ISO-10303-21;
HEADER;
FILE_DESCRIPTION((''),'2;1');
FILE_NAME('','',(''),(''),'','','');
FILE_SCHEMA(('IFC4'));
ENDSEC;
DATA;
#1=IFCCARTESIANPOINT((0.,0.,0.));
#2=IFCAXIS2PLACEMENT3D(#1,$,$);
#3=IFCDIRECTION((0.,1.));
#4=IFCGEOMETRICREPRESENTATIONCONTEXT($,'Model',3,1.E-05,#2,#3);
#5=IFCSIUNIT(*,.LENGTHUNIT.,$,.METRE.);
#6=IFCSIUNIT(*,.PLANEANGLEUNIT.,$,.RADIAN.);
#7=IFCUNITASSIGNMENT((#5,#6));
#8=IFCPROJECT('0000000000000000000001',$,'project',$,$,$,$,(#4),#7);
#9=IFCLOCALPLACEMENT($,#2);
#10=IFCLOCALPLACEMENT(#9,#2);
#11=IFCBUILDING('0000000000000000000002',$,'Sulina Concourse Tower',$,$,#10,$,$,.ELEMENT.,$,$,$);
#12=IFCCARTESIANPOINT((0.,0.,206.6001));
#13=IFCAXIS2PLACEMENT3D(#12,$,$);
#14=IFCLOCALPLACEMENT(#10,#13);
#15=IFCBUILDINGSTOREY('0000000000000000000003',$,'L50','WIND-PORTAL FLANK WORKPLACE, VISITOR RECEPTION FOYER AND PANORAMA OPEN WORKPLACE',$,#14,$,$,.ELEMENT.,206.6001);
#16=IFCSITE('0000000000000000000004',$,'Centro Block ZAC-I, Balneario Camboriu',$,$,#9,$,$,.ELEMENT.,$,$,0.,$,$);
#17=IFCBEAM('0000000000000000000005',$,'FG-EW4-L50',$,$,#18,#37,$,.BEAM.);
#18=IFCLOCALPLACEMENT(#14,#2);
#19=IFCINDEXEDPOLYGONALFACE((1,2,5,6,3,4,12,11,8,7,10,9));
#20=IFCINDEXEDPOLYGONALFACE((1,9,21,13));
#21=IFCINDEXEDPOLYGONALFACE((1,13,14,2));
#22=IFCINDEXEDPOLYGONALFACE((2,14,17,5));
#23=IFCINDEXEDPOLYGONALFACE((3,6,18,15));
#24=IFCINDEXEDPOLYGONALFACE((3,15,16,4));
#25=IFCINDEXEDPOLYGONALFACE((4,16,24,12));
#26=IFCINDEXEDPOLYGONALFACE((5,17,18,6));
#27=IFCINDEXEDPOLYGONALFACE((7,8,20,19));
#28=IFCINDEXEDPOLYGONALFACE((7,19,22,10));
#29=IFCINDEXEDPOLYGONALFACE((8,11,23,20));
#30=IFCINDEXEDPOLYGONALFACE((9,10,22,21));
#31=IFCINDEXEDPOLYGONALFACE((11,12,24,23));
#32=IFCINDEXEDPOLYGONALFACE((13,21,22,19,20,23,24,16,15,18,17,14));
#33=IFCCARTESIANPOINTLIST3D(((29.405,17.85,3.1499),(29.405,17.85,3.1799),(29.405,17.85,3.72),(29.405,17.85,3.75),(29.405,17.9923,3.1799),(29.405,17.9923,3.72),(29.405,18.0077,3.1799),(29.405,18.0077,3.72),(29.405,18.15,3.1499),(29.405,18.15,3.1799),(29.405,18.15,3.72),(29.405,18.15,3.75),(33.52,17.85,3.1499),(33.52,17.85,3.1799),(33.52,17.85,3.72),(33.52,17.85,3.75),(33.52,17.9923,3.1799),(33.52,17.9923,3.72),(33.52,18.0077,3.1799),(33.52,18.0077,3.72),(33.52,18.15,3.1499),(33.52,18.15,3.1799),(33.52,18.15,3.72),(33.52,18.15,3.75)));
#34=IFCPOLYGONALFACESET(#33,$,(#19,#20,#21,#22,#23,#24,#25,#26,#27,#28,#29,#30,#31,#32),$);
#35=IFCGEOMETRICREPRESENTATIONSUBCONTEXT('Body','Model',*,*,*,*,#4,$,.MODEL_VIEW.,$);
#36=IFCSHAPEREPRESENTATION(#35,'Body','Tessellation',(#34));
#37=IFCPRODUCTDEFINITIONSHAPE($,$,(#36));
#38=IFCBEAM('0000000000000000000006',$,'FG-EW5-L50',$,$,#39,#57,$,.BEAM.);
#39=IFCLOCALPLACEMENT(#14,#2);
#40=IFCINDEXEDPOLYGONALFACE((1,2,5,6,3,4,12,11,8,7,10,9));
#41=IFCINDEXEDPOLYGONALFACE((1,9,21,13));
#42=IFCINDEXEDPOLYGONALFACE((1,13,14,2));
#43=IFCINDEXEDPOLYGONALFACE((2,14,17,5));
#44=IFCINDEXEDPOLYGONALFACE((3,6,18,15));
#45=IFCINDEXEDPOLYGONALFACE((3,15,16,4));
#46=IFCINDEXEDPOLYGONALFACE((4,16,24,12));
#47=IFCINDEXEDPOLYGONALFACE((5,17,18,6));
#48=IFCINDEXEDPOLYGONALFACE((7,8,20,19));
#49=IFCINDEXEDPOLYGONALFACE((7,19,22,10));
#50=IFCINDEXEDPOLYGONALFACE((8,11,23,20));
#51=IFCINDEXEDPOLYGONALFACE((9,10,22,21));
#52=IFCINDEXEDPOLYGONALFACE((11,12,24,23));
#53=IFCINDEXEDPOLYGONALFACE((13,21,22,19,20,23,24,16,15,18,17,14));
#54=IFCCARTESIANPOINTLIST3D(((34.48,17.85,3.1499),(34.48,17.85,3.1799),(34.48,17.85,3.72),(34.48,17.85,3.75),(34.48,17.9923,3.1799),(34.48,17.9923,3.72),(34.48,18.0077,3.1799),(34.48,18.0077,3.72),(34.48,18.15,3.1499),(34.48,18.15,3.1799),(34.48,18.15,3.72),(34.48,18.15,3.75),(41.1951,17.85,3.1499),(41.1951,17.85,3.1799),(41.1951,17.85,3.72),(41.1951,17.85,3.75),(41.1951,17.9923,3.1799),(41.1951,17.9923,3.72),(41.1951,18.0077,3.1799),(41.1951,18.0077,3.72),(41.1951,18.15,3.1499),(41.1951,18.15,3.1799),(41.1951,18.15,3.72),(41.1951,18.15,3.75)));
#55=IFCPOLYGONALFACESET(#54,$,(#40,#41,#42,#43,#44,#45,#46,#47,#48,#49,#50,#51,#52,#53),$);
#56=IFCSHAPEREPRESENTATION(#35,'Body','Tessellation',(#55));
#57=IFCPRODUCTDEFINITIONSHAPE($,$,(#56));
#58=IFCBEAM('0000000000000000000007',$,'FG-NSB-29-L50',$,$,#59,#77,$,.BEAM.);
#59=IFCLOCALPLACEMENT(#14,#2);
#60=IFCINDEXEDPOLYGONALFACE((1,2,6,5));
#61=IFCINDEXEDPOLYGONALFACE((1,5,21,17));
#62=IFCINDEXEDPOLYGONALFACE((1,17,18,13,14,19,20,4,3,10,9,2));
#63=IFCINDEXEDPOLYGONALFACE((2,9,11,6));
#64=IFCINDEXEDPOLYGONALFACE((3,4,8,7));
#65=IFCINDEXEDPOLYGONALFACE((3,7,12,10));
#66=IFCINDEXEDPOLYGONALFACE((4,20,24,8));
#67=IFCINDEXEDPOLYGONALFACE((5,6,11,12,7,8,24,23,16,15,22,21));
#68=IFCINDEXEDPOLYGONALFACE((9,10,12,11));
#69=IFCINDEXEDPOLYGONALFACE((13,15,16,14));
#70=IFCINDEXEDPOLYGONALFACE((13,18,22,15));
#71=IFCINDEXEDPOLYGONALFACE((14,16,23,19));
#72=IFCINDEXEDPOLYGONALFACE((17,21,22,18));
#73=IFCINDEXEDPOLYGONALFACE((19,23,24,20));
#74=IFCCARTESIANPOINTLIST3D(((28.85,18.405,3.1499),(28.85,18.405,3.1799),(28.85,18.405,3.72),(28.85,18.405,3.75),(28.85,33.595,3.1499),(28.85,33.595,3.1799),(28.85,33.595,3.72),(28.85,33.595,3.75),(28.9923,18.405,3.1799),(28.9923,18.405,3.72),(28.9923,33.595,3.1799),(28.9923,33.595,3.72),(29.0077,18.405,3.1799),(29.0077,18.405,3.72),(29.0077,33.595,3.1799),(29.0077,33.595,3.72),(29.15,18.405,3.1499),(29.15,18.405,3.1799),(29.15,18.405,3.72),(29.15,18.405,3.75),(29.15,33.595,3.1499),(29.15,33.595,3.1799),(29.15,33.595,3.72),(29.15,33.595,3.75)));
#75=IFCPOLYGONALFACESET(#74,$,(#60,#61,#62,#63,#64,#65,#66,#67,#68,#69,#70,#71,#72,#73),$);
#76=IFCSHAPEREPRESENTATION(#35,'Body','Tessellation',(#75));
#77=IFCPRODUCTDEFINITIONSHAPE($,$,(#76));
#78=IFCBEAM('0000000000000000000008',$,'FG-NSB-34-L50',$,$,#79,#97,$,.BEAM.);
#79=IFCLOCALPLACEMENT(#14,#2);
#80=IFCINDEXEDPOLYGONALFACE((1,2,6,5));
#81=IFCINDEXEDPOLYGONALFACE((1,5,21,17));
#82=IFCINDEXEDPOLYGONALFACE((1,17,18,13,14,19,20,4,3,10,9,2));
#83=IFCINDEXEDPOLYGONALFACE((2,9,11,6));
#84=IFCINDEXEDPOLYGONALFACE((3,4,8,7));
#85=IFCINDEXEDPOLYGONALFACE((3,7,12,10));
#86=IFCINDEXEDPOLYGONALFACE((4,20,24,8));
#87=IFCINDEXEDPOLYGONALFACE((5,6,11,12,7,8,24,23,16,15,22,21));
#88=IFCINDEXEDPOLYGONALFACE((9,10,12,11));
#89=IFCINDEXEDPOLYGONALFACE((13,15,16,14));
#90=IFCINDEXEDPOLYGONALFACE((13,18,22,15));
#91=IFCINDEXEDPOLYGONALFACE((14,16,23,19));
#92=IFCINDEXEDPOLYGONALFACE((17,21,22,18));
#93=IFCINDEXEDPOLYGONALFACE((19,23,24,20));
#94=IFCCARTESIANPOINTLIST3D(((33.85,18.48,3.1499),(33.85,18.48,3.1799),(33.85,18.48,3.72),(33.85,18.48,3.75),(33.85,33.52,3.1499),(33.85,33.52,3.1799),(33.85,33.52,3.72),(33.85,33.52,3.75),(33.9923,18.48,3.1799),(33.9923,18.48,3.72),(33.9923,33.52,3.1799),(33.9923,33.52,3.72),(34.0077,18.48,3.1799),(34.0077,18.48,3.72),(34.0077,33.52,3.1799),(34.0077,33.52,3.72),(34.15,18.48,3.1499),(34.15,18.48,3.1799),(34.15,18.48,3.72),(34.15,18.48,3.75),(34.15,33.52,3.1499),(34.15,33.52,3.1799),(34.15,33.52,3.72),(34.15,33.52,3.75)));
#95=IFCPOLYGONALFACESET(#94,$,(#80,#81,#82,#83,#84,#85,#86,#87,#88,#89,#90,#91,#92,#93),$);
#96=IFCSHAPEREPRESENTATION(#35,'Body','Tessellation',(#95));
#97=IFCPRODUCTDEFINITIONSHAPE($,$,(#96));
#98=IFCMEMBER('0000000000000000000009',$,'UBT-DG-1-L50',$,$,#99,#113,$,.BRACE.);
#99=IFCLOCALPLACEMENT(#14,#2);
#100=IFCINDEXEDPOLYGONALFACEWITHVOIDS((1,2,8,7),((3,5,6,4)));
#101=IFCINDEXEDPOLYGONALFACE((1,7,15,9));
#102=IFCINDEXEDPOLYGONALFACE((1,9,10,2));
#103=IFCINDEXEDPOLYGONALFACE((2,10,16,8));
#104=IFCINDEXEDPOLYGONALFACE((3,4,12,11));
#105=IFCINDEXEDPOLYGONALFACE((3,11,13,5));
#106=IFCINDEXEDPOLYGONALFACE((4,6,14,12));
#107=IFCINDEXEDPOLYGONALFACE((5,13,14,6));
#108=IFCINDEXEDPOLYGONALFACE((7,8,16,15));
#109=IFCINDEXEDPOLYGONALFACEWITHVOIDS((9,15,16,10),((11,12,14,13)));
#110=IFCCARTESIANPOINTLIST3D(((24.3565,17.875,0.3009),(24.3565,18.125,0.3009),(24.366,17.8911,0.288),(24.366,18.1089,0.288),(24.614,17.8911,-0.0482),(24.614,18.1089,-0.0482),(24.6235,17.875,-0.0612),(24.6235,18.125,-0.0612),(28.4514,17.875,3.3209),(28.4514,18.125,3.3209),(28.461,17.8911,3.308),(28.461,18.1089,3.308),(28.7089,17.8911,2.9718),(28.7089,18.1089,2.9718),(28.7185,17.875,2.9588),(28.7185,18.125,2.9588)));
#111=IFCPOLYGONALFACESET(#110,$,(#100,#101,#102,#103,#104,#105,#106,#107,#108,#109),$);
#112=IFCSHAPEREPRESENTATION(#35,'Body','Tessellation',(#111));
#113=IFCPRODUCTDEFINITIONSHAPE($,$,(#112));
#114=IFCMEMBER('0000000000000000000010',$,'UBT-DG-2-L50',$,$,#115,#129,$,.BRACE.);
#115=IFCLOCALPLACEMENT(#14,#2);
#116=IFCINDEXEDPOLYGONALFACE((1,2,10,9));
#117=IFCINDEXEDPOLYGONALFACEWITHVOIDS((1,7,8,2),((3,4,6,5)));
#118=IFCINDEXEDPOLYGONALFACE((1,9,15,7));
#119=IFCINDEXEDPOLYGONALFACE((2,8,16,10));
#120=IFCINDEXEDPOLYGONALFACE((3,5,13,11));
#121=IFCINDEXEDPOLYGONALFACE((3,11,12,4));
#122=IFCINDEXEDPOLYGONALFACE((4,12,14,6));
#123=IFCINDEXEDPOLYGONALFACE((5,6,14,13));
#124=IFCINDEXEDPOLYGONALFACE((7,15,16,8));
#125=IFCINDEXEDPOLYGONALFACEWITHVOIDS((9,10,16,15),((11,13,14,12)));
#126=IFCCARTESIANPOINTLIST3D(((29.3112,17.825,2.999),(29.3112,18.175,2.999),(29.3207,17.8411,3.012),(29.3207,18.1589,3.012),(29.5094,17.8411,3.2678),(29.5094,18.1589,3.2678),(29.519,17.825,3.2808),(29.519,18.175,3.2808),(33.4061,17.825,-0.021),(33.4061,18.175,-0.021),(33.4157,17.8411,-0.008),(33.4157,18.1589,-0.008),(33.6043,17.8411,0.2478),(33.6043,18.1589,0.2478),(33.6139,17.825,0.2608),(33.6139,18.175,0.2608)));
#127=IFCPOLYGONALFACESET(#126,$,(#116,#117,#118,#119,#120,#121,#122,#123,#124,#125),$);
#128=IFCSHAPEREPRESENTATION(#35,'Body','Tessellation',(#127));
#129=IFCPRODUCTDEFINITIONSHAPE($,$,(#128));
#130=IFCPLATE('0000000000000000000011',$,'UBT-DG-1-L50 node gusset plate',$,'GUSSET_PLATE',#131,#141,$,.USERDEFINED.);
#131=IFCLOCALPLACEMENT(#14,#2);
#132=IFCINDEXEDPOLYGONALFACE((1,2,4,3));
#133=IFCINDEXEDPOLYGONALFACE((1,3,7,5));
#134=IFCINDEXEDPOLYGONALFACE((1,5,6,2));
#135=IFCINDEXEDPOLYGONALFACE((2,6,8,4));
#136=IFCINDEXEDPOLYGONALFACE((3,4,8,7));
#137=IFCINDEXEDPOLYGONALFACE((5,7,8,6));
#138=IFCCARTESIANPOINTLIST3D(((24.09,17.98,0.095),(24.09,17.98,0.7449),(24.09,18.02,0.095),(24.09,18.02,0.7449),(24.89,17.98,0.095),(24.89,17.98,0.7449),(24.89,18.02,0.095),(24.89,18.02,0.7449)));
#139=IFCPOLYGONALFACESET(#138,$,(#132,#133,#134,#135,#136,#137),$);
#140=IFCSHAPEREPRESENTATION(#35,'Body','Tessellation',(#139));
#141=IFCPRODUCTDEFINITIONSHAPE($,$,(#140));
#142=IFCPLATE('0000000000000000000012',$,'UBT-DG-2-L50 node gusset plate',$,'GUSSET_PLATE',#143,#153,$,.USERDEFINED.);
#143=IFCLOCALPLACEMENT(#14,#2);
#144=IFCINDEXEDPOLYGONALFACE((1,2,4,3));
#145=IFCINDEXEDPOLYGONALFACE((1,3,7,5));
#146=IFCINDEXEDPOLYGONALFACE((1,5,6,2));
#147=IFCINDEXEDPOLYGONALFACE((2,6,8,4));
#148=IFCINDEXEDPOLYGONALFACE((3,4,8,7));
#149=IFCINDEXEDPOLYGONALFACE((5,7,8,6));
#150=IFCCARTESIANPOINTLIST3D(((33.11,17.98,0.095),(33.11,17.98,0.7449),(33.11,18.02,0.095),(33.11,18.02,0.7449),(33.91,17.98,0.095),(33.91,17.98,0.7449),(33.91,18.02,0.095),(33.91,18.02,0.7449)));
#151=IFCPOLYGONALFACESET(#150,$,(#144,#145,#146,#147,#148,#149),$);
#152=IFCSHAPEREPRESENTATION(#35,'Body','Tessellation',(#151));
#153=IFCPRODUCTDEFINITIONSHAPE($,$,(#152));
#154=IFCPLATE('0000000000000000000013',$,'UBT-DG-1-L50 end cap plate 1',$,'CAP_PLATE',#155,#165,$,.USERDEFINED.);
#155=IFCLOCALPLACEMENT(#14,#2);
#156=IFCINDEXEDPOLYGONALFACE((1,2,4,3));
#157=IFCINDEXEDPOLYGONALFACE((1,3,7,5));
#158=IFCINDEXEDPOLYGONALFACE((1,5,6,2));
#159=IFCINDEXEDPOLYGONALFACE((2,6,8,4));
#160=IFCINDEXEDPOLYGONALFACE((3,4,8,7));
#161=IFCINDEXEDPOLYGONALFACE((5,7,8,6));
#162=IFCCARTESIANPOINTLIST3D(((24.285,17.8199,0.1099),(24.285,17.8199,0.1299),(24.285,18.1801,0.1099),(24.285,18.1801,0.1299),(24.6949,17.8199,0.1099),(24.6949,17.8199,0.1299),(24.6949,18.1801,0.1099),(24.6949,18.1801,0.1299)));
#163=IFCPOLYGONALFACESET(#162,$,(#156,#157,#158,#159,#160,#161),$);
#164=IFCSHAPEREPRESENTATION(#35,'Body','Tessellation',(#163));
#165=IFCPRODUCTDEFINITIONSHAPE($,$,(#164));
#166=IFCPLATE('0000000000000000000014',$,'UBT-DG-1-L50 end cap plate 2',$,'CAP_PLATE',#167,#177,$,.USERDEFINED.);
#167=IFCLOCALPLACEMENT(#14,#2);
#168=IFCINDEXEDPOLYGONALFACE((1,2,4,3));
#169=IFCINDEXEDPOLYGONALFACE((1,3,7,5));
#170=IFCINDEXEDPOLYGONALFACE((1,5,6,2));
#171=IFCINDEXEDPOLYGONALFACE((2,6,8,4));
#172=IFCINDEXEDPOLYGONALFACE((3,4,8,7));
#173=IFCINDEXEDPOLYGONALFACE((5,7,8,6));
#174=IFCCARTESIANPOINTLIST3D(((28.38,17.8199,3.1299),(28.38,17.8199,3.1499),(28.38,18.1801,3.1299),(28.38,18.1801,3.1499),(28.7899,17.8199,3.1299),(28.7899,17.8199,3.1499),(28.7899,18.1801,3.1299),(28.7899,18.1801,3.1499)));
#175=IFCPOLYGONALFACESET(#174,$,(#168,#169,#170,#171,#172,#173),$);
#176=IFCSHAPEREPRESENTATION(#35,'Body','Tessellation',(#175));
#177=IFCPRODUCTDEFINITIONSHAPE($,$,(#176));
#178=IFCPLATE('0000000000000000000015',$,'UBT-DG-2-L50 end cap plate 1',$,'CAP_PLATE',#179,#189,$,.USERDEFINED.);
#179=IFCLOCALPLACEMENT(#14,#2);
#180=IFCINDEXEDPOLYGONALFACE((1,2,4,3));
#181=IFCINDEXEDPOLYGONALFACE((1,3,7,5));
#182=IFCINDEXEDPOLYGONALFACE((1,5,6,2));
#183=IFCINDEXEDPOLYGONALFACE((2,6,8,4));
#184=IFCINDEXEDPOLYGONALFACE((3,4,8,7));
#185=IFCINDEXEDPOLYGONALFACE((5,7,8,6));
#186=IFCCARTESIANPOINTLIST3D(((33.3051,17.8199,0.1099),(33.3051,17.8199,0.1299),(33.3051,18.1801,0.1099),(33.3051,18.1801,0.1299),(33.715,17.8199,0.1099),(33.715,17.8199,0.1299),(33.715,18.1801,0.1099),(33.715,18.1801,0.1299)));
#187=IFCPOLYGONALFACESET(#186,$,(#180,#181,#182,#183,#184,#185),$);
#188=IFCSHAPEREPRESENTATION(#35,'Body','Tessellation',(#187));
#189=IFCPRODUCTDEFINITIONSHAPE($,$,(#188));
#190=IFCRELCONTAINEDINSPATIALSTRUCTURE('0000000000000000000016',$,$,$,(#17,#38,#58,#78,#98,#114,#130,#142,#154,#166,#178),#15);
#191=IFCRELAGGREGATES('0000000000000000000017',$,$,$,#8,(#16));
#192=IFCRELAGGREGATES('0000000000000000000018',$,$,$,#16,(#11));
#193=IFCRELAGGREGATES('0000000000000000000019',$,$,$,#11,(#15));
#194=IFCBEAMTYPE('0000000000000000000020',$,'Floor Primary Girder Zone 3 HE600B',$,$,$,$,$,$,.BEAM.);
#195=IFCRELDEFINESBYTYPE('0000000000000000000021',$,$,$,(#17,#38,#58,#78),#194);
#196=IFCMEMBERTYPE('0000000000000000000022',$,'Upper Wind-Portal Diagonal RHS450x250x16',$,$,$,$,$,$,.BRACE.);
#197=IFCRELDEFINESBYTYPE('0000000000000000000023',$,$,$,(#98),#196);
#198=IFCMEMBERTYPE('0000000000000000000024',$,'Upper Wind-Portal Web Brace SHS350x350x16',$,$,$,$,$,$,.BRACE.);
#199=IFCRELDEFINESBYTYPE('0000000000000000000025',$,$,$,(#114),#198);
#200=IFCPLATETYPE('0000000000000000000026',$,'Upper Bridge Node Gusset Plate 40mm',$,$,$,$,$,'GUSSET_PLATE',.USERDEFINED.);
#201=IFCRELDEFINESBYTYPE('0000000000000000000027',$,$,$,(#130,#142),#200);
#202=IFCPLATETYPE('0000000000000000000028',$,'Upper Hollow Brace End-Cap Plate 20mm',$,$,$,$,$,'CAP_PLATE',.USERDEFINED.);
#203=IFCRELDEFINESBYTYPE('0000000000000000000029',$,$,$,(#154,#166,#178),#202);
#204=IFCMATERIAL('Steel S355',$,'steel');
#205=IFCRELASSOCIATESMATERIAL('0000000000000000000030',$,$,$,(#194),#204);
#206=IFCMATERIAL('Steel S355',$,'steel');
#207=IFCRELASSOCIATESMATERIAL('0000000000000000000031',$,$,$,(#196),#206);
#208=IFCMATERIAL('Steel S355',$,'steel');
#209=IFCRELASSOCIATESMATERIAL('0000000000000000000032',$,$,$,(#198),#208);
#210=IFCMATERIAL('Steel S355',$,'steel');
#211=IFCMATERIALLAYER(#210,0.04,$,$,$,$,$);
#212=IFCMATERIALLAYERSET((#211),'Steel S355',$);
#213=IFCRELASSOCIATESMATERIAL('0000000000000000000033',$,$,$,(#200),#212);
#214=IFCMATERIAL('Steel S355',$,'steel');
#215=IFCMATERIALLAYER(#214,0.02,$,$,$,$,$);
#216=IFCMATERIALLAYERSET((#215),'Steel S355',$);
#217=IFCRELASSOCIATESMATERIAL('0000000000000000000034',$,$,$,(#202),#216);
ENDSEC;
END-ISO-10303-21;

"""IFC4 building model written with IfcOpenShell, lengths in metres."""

from ifc_helpers import new_model, si_unit, direction, frame, origin, origin_2d, place, context, subcontext, project, spatial, rectangle, hollow_rectangle, i_section, extrude, material, layer, layer_set, material_profile, profile_set, type_object, element, save


model = new_model("IFC4")

# Units and contexts
model_context = context("Model", 3, precision=1e-05, world=origin(), true_north=direction((0.0, 1.0)))
body_context = subcontext(model_context, "Body", "Model", "MODEL_VIEW")
ifc_project = project(units=[si_unit("LENGTHUNIT", "METRE"), si_unit("PLANEANGLEUNIT", "RADIAN")], contexts=[model_context])

# Site, building, storey
site_placement = place(None, origin())
site = spatial("IfcSite", under=ifc_project, at=site_placement, Name="Centro Block ZAC-I, Balneario Camboriu", CompositionType="ELEMENT", RefElevation=0.0)
building_placement = place(site_placement, origin())
building = spatial("IfcBuilding", under=site, at=building_placement, Name="Sulina Concourse Tower", CompositionType="ELEMENT")
storey_placement = place(building_placement, frame((0.0, 0.0, 206.6001)))
storey = spatial("IfcBuildingStorey", under=building, at=storey_placement, Name="L50", Description="WIND-PORTAL FLANK WORKPLACE, VISITOR RECEPTION FOYER AND PANORAMA OPEN WORKPLACE", CompositionType="ELEMENT", Elevation=206.6001)

# Beams
ifc_material_1 = material(Name="Steel S355", Category="steel")
ifc_material_profile_1 = material_profile(ifc_material_1, i_section(OverallWidth=0.3, OverallDepth=0.6001, WebThickness=0.0154, FlangeThickness=0.03, at=origin_2d()), Name="HE 600 B")
ifc_profile_set_1 = profile_set([ifc_material_profile_1], Name="Steel S355")
beam_type_1 = type_object("IfcBeamType", Name="Floor Primary Girder Zone 3 HE600B", PredefinedType="BEAM", material=ifc_profile_set_1)
beam_1_placement = place(storey_placement, frame((29.405, 18.0, 3.45), z_axis=(1.0, 0.0, 0.0), x_axis=(0.0, 1.0, 0.0)))
element("IfcBeam", 1, at=beam_1_placement, inside=storey, type_object=beam_type_1, Name="FG-EW4-L50", PredefinedType="BEAM", context=body_context, shape_type="SweptSolid", body=[
    extrude(i_section(OverallWidth=0.3, OverallDepth=0.6001, WebThickness=0.0154, FlangeThickness=0.03, at=origin_2d()), origin(), (0.0, 0.0, 1.0), 4.115),
])
beam_2_placement = place(storey_placement, frame((34.48, 18.0, 3.45), z_axis=(1.0, 0.0, 0.0), x_axis=(0.0, 1.0, 0.0)))
element("IfcBeam", 2, at=beam_2_placement, inside=storey, type_object=beam_type_1, Name="FG-EW5-L50", PredefinedType="BEAM", context=body_context, shape_type="SweptSolid", body=[
    extrude(i_section(OverallWidth=0.3, OverallDepth=0.6001, WebThickness=0.0154, FlangeThickness=0.03, at=origin_2d()), origin(), (0.0, 0.0, 1.0), 6.7151),
])
beam_3_placement = place(storey_placement, frame((29.0, 18.405, 3.45), z_axis=(0.0, 1.0, 0.0), x_axis=(-1.0, 0.0, 0.0)))
element("IfcBeam", 3, at=beam_3_placement, inside=storey, type_object=beam_type_1, Name="FG-NSB-29-L50", PredefinedType="BEAM", context=body_context, shape_type="SweptSolid", body=[
    extrude(i_section(OverallWidth=0.3, OverallDepth=0.6001, WebThickness=0.0154, FlangeThickness=0.03, at=origin_2d()), origin(), (0.0, 0.0, 1.0), 15.1899),
])
beam_4_placement = place(storey_placement, frame((34.0, 18.48, 3.45), z_axis=(0.0, 1.0, 0.0), x_axis=(-1.0, 0.0, 0.0)))
element("IfcBeam", 4, at=beam_4_placement, inside=storey, type_object=beam_type_1, Name="FG-NSB-34-L50", PredefinedType="BEAM", context=body_context, shape_type="SweptSolid", body=[
    extrude(i_section(OverallWidth=0.3, OverallDepth=0.6001, WebThickness=0.0154, FlangeThickness=0.03, at=origin_2d()), origin(), (0.0, 0.0, 1.0), 15.04),
])

# Members
ifc_material_2 = material(Name="Steel S355", Category="steel")
ifc_material_profile_2 = material_profile(ifc_material_2, hollow_rectangle(XDim=0.25, YDim=0.45, WallThickness=0.0161, at=origin_2d()), Name="RHS 450x250x16")
ifc_profile_set_2 = profile_set([ifc_material_profile_2], Name="Steel S355")
member_type_1 = type_object("IfcMemberType", Name="Upper Wind-Portal Diagonal RHS450x250x16", PredefinedType="BRACE", material=ifc_profile_set_2)
member_1_placement = place(storey_placement, frame((24.49, 18.0, 0.1199), z_axis=(0.804805, 0.0, 0.593539), x_axis=(0.0, 1.0, 0.0)))
element("IfcMember", 5, at=member_1_placement, inside=storey, type_object=member_type_1, Name="UBT-DG-1-L50", PredefinedType="BRACE", context=body_context, shape_type="SweptSolid", body=[
    extrude(hollow_rectangle(XDim=0.25, YDim=0.45, WallThickness=0.0161, at=origin_2d()), origin(), (0.0, 0.0, 1.0), 5.0881),
])
ifc_material_3 = material(Name="Steel S355", Category="steel")
ifc_material_profile_3 = material_profile(ifc_material_3, hollow_rectangle(XDim=0.3501, YDim=0.3501, WallThickness=0.0161, at=origin_2d()), Name="SHS 350x350x16")
ifc_profile_set_3 = profile_set([ifc_material_profile_3], Name="Steel S355")
member_type_2 = type_object("IfcMemberType", Name="Upper Wind-Portal Web Brace SHS350x350x16", PredefinedType="BRACE", material=ifc_profile_set_3)
member_2_placement = place(storey_placement, frame((33.51, 18.0, 0.1199), z_axis=(-0.804805, 0.0, 0.593539), x_axis=(0.0, -1.0, 0.0)))
element("IfcMember", 6, at=member_2_placement, inside=storey, type_object=member_type_2, Name="UBT-DG-2-L50", PredefinedType="BRACE", context=body_context, shape_type="SweptSolid", body=[
    extrude(hollow_rectangle(XDim=0.3501, YDim=0.3501, WallThickness=0.0161, at=origin_2d()), origin(), (0.0, 0.0, 1.0), 5.0881),
])

# Plates
ifc_material_4 = material(Name="Steel S355", Category="steel")
ifc_layer_1 = layer(ifc_material_4, 0.04)
ifc_layer_set_1 = layer_set([ifc_layer_1], Name="Steel S355")
plate_type_1 = type_object("IfcPlateType", Name="Upper Bridge Node Gusset Plate 40mm", ElementType="GUSSET_PLATE", PredefinedType="USERDEFINED", material=ifc_layer_set_1)
for number, where, z_axis, x_axis, name in (
    (7, (24.49, 18.0, 0.095), (0.0, 0.0, 1.0), (1.0, 0.0, 0.0), "UBT-DG-1-L50 node gusset plate"),
    (8, (33.51, 18.0, 0.095), (0.0, 0.0, 1.0), (1.0, 0.0, 0.0), "UBT-DG-2-L50 node gusset plate"),
):
    element("IfcPlate", number, at=place(storey_placement, frame(where, z_axis=z_axis, x_axis=x_axis)), inside=storey, type_object=plate_type_1, Name=name, ObjectType="GUSSET_PLATE", PredefinedType="USERDEFINED", context=body_context, shape_type="SweptSolid", body=[
        extrude(rectangle(XDim=0.8, YDim=0.04, at=origin_2d()), origin(), (0.0, 0.0, 1.0), 0.6499),
    ])
ifc_material_5 = material(Name="Steel S355", Category="steel")
ifc_layer_2 = layer(ifc_material_5, 0.02)
ifc_layer_set_2 = layer_set([ifc_layer_2], Name="Steel S355")
plate_type_2 = type_object("IfcPlateType", Name="Upper Hollow Brace End-Cap Plate 20mm", ElementType="CAP_PLATE", PredefinedType="USERDEFINED", material=ifc_layer_set_2)
for number, where, z_axis, x_axis, name in (
    (9, (24.49, 18.0, 0.1099), (0.0, 0.0, 1.0), (1.0, 0.0, 0.0), "UBT-DG-1-L50 end cap plate 1"),
    (10, (28.585, 18.0, 3.1299), (0.0, 0.0, 1.0), (1.0, 0.0, 0.0), "UBT-DG-1-L50 end cap plate 2"),
    (11, (33.51, 18.0, 0.1099), (0.0, 0.0, 1.0), (1.0, 0.0, 0.0), "UBT-DG-2-L50 end cap plate 1"),
):
    element("IfcPlate", number, at=place(storey_placement, frame(where, z_axis=z_axis, x_axis=x_axis)), inside=storey, type_object=plate_type_2, Name=name, ObjectType="CAP_PLATE", PredefinedType="USERDEFINED", context=body_context, shape_type="SweptSolid", body=[
        extrude(rectangle(XDim=0.4099, YDim=0.3601, at=origin_2d()), origin(), (0.0, 0.0, 1.0), 0.02),
    ])

save(model, "model.ifc")
